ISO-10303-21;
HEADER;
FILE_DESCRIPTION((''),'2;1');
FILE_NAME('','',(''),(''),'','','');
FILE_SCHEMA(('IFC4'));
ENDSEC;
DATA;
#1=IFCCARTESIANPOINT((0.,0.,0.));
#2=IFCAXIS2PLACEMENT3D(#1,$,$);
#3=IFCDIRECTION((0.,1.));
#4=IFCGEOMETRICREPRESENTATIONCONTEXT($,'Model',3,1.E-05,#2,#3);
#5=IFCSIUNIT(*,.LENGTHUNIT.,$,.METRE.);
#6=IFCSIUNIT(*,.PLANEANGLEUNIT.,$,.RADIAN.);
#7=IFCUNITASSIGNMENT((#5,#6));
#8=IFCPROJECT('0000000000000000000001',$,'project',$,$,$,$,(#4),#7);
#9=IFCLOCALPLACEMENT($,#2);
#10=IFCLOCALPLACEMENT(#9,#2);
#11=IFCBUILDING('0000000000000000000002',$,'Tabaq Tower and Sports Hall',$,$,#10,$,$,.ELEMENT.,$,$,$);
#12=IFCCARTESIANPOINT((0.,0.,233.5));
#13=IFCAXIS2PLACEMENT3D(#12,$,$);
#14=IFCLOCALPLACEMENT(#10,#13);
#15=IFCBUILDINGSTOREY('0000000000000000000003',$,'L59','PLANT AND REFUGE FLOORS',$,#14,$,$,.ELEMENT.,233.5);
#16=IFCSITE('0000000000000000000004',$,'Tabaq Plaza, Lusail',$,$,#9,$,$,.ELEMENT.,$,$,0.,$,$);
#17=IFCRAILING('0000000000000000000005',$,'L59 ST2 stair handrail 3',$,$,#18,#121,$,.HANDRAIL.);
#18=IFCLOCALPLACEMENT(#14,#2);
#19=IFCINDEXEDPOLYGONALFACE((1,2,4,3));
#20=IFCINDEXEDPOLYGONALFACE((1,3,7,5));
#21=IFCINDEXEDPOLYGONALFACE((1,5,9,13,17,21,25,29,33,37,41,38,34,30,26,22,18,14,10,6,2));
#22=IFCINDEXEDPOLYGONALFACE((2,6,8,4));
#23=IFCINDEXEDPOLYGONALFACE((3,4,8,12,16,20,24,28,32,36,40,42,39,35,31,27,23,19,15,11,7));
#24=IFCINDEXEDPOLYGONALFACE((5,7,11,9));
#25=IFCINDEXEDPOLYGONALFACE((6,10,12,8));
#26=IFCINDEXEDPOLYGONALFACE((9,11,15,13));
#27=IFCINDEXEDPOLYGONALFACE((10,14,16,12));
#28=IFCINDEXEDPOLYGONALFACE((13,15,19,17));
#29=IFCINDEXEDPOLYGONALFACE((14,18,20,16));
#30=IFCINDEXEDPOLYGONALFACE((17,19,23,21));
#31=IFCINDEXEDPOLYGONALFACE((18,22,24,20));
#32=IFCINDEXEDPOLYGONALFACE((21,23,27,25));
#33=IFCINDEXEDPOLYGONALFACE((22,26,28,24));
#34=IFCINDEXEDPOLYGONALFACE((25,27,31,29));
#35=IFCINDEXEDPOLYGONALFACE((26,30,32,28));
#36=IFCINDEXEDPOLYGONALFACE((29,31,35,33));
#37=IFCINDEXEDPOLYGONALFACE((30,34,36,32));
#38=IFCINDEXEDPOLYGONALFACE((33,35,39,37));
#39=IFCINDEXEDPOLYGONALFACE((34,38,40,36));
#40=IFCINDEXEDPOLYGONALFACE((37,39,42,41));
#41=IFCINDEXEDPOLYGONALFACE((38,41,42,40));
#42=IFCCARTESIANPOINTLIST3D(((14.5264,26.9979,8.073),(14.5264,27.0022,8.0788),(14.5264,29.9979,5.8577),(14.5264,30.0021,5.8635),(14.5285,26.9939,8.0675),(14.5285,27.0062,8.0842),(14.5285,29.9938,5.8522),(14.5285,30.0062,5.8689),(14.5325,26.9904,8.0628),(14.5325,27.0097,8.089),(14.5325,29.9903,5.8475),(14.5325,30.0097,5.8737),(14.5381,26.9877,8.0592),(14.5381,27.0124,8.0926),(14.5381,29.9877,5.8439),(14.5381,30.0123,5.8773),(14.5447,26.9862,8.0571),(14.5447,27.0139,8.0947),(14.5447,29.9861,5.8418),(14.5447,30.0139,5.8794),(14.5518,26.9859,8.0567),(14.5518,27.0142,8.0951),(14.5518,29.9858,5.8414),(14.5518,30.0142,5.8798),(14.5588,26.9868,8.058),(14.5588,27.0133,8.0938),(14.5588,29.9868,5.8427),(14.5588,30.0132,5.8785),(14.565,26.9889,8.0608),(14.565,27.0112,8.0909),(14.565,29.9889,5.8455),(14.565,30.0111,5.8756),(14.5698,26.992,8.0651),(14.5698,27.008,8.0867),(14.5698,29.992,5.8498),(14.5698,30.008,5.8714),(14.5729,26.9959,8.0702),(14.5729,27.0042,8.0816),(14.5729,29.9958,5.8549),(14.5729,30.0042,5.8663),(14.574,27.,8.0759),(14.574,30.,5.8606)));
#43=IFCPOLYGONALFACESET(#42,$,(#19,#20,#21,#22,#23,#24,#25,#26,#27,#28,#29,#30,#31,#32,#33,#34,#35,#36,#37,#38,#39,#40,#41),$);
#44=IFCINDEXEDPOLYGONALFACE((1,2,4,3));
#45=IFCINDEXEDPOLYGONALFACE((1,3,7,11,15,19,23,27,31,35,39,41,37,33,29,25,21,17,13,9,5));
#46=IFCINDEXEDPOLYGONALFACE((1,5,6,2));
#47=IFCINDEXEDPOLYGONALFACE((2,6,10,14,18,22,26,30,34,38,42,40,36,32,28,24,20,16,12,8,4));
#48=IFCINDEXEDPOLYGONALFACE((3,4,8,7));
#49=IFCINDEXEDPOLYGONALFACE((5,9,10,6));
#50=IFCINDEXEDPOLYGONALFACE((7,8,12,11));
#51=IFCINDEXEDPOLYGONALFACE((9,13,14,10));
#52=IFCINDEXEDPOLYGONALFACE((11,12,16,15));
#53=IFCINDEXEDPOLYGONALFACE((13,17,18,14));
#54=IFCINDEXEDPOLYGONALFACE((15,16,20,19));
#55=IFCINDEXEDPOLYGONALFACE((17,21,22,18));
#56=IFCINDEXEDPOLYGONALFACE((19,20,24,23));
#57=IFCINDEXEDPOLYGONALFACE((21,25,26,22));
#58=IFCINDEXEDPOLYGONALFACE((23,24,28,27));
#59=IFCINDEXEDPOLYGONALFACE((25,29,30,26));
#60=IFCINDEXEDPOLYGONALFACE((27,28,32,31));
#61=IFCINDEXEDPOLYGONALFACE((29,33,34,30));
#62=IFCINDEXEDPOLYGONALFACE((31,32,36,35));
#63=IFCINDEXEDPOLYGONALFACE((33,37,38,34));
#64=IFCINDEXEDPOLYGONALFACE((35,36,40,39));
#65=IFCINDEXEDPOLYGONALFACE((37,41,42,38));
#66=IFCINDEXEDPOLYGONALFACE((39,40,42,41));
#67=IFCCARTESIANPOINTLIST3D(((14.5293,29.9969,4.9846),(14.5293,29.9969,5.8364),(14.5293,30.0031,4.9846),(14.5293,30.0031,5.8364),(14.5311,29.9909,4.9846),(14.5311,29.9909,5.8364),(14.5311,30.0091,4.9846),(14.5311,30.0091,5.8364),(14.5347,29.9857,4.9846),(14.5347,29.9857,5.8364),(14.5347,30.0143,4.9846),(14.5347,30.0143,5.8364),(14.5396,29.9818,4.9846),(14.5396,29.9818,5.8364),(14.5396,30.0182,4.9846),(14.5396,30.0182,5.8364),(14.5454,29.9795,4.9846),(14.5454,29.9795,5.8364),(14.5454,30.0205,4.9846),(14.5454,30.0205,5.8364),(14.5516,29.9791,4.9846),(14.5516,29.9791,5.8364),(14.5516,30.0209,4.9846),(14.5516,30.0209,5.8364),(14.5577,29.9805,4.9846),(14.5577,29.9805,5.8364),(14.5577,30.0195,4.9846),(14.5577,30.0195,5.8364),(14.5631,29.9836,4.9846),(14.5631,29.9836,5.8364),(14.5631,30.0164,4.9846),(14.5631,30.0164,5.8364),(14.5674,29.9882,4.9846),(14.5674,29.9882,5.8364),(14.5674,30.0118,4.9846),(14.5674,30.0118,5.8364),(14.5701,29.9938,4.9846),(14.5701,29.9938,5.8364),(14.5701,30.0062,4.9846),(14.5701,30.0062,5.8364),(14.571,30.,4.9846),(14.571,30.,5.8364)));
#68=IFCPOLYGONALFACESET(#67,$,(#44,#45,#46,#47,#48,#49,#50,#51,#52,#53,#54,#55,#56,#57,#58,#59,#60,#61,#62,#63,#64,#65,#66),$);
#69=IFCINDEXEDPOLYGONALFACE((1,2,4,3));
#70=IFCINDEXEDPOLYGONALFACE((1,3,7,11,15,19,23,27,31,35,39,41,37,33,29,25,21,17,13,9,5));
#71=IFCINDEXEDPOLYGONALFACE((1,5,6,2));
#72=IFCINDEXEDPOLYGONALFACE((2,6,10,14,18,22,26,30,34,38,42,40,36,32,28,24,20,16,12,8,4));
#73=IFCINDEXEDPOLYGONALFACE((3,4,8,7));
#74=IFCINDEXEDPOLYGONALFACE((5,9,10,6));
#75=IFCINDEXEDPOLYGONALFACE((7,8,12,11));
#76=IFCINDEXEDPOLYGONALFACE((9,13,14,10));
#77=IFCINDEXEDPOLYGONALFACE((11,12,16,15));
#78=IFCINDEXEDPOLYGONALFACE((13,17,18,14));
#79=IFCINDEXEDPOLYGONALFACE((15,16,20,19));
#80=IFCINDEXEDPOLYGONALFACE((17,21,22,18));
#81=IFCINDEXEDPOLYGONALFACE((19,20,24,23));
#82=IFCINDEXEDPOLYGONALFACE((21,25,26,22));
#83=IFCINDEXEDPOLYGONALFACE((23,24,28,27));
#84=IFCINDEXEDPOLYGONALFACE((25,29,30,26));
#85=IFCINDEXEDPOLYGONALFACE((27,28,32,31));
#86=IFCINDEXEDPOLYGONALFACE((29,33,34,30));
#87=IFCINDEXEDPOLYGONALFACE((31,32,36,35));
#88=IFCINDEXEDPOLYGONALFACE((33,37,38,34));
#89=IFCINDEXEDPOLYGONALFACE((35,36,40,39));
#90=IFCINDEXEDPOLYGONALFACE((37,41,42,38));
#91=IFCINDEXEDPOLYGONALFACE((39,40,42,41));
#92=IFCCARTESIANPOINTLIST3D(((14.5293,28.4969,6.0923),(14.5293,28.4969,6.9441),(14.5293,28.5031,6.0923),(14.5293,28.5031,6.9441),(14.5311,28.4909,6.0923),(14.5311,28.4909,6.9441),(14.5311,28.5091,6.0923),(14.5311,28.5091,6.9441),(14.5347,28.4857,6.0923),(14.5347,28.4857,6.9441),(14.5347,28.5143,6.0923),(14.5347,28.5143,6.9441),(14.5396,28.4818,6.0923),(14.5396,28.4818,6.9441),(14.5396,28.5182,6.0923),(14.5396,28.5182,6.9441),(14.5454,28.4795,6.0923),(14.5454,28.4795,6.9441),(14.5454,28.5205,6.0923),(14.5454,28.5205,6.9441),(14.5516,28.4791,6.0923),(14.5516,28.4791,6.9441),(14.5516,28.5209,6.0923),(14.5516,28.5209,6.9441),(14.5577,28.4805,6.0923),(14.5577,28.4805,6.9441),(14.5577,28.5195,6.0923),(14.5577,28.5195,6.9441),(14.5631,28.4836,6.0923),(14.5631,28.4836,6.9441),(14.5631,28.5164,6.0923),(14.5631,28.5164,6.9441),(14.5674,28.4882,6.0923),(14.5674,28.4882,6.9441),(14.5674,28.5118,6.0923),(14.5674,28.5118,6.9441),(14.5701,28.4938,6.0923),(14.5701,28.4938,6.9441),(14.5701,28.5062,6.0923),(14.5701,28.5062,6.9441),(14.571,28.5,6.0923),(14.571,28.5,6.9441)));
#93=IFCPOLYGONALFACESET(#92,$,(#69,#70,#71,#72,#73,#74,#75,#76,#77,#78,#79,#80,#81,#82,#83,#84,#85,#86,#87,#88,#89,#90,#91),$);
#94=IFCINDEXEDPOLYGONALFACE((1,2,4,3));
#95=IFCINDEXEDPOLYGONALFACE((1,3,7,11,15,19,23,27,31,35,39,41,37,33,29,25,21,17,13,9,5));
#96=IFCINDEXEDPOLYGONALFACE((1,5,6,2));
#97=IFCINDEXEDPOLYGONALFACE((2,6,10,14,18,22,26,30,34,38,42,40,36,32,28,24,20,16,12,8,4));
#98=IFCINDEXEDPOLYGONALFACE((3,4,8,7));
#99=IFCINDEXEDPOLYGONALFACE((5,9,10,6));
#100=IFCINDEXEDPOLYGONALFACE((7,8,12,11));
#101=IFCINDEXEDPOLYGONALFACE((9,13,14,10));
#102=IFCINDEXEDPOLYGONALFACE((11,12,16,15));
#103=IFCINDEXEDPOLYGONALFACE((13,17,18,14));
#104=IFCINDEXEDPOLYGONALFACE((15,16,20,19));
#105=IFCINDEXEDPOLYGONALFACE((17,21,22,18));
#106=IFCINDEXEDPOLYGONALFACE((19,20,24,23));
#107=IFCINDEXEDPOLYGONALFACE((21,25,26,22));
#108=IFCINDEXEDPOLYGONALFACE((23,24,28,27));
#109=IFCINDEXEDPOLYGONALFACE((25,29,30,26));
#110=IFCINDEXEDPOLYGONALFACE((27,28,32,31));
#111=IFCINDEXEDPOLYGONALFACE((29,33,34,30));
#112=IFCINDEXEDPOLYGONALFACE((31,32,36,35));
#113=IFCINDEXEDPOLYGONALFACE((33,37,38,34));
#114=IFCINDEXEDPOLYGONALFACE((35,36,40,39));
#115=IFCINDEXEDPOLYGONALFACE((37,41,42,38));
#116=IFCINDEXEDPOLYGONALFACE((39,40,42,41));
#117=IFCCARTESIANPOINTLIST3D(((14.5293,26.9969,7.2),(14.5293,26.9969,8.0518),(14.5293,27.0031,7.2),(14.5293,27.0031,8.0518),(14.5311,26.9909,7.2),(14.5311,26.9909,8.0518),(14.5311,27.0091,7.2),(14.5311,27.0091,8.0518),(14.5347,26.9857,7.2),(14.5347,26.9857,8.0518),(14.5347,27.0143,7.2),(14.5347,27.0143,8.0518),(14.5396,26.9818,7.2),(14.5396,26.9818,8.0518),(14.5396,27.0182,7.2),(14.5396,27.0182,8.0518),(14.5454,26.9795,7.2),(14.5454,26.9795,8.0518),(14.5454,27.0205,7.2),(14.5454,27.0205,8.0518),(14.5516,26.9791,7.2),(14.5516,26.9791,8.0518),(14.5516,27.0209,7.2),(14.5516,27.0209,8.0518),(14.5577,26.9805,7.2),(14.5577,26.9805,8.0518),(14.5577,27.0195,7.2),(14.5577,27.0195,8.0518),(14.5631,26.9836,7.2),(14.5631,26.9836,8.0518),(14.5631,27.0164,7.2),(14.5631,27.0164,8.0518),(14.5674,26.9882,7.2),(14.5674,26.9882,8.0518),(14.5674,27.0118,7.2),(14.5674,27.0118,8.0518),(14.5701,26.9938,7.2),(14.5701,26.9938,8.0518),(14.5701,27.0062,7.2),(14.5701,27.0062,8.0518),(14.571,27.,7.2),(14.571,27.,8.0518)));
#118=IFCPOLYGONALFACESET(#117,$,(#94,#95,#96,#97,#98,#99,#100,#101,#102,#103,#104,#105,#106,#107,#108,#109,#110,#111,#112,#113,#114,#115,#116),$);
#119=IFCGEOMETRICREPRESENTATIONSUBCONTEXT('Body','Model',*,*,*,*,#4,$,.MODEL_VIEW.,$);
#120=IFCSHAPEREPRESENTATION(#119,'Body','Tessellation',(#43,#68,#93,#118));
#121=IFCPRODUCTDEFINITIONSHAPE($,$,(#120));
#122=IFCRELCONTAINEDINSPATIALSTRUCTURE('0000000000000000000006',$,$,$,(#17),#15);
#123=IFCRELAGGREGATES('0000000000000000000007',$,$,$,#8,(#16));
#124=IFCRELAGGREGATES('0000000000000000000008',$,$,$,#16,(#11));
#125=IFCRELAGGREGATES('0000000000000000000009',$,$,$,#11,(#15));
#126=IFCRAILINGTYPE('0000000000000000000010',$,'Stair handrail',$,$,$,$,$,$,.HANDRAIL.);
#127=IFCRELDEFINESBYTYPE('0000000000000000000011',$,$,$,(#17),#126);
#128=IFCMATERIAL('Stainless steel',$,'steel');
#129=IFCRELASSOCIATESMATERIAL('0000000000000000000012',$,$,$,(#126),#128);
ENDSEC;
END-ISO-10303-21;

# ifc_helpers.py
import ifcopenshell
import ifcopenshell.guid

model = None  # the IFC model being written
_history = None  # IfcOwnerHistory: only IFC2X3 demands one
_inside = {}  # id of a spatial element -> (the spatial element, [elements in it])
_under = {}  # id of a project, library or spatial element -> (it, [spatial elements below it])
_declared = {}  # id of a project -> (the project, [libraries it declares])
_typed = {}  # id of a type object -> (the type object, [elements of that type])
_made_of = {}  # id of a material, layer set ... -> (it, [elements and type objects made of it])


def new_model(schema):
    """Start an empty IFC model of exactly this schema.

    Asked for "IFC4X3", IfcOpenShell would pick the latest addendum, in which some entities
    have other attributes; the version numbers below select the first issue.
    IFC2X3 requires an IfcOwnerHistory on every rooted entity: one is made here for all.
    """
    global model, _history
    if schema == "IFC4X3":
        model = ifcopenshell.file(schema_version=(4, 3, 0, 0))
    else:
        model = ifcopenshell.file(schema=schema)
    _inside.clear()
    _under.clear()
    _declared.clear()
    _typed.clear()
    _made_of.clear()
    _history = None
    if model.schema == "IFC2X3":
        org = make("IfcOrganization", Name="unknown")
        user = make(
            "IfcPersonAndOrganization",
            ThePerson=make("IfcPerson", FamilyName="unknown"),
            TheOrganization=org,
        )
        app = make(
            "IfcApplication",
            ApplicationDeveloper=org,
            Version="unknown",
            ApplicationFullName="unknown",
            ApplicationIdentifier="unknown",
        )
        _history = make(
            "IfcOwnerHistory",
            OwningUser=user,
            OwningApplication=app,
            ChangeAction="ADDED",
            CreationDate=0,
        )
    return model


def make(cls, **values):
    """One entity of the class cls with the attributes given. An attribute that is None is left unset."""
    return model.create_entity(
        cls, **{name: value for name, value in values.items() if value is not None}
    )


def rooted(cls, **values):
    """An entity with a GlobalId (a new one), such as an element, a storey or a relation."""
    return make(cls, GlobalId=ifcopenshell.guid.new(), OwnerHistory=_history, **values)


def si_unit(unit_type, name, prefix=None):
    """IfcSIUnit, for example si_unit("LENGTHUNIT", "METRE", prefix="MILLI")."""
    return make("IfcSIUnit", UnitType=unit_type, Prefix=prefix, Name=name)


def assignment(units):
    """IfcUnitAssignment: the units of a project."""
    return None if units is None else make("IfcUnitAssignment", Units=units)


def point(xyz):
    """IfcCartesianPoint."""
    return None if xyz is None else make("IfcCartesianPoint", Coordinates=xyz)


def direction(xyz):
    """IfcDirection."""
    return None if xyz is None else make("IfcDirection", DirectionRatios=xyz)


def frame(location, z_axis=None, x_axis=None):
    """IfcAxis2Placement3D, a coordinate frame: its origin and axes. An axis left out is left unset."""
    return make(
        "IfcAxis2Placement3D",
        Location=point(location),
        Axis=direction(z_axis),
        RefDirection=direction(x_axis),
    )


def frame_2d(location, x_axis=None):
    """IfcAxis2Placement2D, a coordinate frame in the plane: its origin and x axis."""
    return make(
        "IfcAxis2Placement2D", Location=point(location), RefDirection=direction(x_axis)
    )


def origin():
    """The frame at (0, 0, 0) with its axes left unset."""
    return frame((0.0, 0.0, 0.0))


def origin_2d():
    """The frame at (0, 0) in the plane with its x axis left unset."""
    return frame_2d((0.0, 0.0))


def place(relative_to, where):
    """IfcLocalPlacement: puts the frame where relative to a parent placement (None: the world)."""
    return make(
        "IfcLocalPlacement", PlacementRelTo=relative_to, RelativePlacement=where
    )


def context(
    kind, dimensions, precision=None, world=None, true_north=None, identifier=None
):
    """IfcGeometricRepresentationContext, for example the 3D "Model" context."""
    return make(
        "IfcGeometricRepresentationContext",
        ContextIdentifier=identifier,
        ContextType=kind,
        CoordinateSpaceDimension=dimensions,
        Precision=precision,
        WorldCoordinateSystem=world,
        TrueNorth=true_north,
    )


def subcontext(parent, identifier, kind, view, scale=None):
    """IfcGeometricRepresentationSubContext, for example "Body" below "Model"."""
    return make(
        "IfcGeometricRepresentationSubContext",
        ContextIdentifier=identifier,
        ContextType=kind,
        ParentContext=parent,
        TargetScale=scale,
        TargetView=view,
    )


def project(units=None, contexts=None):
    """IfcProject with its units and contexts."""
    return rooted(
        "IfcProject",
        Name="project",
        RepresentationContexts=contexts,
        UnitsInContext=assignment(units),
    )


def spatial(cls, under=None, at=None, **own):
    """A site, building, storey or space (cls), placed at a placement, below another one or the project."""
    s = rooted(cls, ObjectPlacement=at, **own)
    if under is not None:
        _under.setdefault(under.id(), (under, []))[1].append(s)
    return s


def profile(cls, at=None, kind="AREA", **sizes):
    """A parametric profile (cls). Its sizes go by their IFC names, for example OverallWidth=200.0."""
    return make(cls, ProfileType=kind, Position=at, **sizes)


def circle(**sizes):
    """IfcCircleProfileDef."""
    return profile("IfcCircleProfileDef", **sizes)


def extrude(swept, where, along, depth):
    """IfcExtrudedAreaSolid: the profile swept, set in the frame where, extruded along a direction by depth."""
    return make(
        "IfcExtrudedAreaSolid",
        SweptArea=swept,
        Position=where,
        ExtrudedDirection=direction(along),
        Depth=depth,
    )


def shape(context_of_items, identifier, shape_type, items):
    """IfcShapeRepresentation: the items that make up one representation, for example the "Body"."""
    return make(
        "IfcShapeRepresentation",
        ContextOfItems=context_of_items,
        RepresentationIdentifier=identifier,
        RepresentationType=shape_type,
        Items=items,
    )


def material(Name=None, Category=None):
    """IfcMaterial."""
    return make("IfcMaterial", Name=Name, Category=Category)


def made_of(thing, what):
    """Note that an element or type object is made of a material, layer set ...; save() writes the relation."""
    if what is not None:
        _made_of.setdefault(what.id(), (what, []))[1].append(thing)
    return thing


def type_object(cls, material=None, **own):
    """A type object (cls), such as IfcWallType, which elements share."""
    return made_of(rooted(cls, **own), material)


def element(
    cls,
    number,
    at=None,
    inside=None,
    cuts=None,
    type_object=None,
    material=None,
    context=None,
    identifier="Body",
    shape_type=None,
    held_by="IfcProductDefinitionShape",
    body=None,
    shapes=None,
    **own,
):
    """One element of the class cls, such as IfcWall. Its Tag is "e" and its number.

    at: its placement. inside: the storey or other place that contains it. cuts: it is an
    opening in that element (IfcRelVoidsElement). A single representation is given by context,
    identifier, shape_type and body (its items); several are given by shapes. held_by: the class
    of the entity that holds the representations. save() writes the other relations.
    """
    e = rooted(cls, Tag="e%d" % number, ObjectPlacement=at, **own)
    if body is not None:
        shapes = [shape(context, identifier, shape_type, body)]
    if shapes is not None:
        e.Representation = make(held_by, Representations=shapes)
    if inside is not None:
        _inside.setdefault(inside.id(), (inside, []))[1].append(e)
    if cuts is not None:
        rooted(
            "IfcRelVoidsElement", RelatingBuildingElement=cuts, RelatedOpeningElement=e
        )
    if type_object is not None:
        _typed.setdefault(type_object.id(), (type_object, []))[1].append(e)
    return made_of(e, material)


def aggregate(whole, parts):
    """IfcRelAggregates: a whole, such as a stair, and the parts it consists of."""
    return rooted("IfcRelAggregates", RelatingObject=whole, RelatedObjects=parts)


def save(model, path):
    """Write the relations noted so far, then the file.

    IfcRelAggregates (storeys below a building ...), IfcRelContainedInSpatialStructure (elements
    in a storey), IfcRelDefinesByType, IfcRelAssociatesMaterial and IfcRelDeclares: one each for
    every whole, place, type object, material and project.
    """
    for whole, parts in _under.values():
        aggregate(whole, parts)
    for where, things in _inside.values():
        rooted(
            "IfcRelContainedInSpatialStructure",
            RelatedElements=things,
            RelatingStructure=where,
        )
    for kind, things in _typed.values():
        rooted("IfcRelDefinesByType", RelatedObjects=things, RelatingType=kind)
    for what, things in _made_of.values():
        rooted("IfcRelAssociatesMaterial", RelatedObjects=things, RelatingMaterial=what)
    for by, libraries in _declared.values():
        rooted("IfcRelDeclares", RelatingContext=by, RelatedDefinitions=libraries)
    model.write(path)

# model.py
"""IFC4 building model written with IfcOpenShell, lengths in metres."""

from ifc_helpers import new_model, si_unit, direction, frame, origin, origin_2d, place, context, subcontext, project, spatial, circle, extrude, material, type_object, element, save


model = new_model("IFC4")

# Units and contexts
model_context = context("Model", 3, precision=1e-05, world=origin(), true_north=direction((0.0, 1.0)))
body_context = subcontext(model_context, "Body", "Model", "MODEL_VIEW")
ifc_project = project(units=[si_unit("LENGTHUNIT", "METRE"), si_unit("PLANEANGLEUNIT", "RADIAN")], contexts=[model_context])

# Site, building, storey
site_placement = place(None, origin())
site = spatial("IfcSite", under=ifc_project, at=site_placement, Name="Tabaq Plaza, Lusail", CompositionType="ELEMENT", RefElevation=0.0)
building_placement = place(site_placement, origin())
building = spatial("IfcBuilding", under=site, at=building_placement, Name="Tabaq Tower and Sports Hall", CompositionType="ELEMENT")
storey_placement = place(building_placement, frame((0.0, 0.0, 233.5)))
storey = spatial("IfcBuildingStorey", under=building, at=storey_placement, Name="L59", Description="PLANT AND REFUGE FLOORS", CompositionType="ELEMENT", Elevation=233.5)

# Railing
ifc_material_1 = material(Name="Stainless steel", Category="steel")
railing_type_1 = type_object("IfcRailingType", Name="Stair handrail", PredefinedType="HANDRAIL", material=ifc_material_1)
railing_1_placement = place(storey_placement, frame((14.55, 30.0, 4.9846)))
element("IfcRailing", 1, at=railing_1_placement, inside=storey, type_object=railing_type_1, Name="L59 ST2 stair handrail 3", PredefinedType="HANDRAIL", context=body_context, shape_type="SweptSolid", body=[
    extrude(circle(Radius=0.0239, at=origin_2d()), frame((0.0, 0.0, 0.876), z_axis=(0.0, -0.80444, 0.594034), x_axis=(1.0, 0.0, 0.0)), (0.0, 0.0, 1.0), 3.7292),
    extrude(circle(Radius=0.021, at=origin_2d()), origin(), (0.0, 0.0, 1.0), 0.8518),
    extrude(circle(Radius=0.021, at=origin_2d()), frame((0.0, -1.5, 1.1077)), (0.0, 0.0, 1.0), 0.8518),
    extrude(circle(Radius=0.021, at=origin_2d()), frame((0.0, -3.0, 2.2153)), (0.0, 0.0, 1.0), 0.8518),
])

save(model, "model.ifc")
